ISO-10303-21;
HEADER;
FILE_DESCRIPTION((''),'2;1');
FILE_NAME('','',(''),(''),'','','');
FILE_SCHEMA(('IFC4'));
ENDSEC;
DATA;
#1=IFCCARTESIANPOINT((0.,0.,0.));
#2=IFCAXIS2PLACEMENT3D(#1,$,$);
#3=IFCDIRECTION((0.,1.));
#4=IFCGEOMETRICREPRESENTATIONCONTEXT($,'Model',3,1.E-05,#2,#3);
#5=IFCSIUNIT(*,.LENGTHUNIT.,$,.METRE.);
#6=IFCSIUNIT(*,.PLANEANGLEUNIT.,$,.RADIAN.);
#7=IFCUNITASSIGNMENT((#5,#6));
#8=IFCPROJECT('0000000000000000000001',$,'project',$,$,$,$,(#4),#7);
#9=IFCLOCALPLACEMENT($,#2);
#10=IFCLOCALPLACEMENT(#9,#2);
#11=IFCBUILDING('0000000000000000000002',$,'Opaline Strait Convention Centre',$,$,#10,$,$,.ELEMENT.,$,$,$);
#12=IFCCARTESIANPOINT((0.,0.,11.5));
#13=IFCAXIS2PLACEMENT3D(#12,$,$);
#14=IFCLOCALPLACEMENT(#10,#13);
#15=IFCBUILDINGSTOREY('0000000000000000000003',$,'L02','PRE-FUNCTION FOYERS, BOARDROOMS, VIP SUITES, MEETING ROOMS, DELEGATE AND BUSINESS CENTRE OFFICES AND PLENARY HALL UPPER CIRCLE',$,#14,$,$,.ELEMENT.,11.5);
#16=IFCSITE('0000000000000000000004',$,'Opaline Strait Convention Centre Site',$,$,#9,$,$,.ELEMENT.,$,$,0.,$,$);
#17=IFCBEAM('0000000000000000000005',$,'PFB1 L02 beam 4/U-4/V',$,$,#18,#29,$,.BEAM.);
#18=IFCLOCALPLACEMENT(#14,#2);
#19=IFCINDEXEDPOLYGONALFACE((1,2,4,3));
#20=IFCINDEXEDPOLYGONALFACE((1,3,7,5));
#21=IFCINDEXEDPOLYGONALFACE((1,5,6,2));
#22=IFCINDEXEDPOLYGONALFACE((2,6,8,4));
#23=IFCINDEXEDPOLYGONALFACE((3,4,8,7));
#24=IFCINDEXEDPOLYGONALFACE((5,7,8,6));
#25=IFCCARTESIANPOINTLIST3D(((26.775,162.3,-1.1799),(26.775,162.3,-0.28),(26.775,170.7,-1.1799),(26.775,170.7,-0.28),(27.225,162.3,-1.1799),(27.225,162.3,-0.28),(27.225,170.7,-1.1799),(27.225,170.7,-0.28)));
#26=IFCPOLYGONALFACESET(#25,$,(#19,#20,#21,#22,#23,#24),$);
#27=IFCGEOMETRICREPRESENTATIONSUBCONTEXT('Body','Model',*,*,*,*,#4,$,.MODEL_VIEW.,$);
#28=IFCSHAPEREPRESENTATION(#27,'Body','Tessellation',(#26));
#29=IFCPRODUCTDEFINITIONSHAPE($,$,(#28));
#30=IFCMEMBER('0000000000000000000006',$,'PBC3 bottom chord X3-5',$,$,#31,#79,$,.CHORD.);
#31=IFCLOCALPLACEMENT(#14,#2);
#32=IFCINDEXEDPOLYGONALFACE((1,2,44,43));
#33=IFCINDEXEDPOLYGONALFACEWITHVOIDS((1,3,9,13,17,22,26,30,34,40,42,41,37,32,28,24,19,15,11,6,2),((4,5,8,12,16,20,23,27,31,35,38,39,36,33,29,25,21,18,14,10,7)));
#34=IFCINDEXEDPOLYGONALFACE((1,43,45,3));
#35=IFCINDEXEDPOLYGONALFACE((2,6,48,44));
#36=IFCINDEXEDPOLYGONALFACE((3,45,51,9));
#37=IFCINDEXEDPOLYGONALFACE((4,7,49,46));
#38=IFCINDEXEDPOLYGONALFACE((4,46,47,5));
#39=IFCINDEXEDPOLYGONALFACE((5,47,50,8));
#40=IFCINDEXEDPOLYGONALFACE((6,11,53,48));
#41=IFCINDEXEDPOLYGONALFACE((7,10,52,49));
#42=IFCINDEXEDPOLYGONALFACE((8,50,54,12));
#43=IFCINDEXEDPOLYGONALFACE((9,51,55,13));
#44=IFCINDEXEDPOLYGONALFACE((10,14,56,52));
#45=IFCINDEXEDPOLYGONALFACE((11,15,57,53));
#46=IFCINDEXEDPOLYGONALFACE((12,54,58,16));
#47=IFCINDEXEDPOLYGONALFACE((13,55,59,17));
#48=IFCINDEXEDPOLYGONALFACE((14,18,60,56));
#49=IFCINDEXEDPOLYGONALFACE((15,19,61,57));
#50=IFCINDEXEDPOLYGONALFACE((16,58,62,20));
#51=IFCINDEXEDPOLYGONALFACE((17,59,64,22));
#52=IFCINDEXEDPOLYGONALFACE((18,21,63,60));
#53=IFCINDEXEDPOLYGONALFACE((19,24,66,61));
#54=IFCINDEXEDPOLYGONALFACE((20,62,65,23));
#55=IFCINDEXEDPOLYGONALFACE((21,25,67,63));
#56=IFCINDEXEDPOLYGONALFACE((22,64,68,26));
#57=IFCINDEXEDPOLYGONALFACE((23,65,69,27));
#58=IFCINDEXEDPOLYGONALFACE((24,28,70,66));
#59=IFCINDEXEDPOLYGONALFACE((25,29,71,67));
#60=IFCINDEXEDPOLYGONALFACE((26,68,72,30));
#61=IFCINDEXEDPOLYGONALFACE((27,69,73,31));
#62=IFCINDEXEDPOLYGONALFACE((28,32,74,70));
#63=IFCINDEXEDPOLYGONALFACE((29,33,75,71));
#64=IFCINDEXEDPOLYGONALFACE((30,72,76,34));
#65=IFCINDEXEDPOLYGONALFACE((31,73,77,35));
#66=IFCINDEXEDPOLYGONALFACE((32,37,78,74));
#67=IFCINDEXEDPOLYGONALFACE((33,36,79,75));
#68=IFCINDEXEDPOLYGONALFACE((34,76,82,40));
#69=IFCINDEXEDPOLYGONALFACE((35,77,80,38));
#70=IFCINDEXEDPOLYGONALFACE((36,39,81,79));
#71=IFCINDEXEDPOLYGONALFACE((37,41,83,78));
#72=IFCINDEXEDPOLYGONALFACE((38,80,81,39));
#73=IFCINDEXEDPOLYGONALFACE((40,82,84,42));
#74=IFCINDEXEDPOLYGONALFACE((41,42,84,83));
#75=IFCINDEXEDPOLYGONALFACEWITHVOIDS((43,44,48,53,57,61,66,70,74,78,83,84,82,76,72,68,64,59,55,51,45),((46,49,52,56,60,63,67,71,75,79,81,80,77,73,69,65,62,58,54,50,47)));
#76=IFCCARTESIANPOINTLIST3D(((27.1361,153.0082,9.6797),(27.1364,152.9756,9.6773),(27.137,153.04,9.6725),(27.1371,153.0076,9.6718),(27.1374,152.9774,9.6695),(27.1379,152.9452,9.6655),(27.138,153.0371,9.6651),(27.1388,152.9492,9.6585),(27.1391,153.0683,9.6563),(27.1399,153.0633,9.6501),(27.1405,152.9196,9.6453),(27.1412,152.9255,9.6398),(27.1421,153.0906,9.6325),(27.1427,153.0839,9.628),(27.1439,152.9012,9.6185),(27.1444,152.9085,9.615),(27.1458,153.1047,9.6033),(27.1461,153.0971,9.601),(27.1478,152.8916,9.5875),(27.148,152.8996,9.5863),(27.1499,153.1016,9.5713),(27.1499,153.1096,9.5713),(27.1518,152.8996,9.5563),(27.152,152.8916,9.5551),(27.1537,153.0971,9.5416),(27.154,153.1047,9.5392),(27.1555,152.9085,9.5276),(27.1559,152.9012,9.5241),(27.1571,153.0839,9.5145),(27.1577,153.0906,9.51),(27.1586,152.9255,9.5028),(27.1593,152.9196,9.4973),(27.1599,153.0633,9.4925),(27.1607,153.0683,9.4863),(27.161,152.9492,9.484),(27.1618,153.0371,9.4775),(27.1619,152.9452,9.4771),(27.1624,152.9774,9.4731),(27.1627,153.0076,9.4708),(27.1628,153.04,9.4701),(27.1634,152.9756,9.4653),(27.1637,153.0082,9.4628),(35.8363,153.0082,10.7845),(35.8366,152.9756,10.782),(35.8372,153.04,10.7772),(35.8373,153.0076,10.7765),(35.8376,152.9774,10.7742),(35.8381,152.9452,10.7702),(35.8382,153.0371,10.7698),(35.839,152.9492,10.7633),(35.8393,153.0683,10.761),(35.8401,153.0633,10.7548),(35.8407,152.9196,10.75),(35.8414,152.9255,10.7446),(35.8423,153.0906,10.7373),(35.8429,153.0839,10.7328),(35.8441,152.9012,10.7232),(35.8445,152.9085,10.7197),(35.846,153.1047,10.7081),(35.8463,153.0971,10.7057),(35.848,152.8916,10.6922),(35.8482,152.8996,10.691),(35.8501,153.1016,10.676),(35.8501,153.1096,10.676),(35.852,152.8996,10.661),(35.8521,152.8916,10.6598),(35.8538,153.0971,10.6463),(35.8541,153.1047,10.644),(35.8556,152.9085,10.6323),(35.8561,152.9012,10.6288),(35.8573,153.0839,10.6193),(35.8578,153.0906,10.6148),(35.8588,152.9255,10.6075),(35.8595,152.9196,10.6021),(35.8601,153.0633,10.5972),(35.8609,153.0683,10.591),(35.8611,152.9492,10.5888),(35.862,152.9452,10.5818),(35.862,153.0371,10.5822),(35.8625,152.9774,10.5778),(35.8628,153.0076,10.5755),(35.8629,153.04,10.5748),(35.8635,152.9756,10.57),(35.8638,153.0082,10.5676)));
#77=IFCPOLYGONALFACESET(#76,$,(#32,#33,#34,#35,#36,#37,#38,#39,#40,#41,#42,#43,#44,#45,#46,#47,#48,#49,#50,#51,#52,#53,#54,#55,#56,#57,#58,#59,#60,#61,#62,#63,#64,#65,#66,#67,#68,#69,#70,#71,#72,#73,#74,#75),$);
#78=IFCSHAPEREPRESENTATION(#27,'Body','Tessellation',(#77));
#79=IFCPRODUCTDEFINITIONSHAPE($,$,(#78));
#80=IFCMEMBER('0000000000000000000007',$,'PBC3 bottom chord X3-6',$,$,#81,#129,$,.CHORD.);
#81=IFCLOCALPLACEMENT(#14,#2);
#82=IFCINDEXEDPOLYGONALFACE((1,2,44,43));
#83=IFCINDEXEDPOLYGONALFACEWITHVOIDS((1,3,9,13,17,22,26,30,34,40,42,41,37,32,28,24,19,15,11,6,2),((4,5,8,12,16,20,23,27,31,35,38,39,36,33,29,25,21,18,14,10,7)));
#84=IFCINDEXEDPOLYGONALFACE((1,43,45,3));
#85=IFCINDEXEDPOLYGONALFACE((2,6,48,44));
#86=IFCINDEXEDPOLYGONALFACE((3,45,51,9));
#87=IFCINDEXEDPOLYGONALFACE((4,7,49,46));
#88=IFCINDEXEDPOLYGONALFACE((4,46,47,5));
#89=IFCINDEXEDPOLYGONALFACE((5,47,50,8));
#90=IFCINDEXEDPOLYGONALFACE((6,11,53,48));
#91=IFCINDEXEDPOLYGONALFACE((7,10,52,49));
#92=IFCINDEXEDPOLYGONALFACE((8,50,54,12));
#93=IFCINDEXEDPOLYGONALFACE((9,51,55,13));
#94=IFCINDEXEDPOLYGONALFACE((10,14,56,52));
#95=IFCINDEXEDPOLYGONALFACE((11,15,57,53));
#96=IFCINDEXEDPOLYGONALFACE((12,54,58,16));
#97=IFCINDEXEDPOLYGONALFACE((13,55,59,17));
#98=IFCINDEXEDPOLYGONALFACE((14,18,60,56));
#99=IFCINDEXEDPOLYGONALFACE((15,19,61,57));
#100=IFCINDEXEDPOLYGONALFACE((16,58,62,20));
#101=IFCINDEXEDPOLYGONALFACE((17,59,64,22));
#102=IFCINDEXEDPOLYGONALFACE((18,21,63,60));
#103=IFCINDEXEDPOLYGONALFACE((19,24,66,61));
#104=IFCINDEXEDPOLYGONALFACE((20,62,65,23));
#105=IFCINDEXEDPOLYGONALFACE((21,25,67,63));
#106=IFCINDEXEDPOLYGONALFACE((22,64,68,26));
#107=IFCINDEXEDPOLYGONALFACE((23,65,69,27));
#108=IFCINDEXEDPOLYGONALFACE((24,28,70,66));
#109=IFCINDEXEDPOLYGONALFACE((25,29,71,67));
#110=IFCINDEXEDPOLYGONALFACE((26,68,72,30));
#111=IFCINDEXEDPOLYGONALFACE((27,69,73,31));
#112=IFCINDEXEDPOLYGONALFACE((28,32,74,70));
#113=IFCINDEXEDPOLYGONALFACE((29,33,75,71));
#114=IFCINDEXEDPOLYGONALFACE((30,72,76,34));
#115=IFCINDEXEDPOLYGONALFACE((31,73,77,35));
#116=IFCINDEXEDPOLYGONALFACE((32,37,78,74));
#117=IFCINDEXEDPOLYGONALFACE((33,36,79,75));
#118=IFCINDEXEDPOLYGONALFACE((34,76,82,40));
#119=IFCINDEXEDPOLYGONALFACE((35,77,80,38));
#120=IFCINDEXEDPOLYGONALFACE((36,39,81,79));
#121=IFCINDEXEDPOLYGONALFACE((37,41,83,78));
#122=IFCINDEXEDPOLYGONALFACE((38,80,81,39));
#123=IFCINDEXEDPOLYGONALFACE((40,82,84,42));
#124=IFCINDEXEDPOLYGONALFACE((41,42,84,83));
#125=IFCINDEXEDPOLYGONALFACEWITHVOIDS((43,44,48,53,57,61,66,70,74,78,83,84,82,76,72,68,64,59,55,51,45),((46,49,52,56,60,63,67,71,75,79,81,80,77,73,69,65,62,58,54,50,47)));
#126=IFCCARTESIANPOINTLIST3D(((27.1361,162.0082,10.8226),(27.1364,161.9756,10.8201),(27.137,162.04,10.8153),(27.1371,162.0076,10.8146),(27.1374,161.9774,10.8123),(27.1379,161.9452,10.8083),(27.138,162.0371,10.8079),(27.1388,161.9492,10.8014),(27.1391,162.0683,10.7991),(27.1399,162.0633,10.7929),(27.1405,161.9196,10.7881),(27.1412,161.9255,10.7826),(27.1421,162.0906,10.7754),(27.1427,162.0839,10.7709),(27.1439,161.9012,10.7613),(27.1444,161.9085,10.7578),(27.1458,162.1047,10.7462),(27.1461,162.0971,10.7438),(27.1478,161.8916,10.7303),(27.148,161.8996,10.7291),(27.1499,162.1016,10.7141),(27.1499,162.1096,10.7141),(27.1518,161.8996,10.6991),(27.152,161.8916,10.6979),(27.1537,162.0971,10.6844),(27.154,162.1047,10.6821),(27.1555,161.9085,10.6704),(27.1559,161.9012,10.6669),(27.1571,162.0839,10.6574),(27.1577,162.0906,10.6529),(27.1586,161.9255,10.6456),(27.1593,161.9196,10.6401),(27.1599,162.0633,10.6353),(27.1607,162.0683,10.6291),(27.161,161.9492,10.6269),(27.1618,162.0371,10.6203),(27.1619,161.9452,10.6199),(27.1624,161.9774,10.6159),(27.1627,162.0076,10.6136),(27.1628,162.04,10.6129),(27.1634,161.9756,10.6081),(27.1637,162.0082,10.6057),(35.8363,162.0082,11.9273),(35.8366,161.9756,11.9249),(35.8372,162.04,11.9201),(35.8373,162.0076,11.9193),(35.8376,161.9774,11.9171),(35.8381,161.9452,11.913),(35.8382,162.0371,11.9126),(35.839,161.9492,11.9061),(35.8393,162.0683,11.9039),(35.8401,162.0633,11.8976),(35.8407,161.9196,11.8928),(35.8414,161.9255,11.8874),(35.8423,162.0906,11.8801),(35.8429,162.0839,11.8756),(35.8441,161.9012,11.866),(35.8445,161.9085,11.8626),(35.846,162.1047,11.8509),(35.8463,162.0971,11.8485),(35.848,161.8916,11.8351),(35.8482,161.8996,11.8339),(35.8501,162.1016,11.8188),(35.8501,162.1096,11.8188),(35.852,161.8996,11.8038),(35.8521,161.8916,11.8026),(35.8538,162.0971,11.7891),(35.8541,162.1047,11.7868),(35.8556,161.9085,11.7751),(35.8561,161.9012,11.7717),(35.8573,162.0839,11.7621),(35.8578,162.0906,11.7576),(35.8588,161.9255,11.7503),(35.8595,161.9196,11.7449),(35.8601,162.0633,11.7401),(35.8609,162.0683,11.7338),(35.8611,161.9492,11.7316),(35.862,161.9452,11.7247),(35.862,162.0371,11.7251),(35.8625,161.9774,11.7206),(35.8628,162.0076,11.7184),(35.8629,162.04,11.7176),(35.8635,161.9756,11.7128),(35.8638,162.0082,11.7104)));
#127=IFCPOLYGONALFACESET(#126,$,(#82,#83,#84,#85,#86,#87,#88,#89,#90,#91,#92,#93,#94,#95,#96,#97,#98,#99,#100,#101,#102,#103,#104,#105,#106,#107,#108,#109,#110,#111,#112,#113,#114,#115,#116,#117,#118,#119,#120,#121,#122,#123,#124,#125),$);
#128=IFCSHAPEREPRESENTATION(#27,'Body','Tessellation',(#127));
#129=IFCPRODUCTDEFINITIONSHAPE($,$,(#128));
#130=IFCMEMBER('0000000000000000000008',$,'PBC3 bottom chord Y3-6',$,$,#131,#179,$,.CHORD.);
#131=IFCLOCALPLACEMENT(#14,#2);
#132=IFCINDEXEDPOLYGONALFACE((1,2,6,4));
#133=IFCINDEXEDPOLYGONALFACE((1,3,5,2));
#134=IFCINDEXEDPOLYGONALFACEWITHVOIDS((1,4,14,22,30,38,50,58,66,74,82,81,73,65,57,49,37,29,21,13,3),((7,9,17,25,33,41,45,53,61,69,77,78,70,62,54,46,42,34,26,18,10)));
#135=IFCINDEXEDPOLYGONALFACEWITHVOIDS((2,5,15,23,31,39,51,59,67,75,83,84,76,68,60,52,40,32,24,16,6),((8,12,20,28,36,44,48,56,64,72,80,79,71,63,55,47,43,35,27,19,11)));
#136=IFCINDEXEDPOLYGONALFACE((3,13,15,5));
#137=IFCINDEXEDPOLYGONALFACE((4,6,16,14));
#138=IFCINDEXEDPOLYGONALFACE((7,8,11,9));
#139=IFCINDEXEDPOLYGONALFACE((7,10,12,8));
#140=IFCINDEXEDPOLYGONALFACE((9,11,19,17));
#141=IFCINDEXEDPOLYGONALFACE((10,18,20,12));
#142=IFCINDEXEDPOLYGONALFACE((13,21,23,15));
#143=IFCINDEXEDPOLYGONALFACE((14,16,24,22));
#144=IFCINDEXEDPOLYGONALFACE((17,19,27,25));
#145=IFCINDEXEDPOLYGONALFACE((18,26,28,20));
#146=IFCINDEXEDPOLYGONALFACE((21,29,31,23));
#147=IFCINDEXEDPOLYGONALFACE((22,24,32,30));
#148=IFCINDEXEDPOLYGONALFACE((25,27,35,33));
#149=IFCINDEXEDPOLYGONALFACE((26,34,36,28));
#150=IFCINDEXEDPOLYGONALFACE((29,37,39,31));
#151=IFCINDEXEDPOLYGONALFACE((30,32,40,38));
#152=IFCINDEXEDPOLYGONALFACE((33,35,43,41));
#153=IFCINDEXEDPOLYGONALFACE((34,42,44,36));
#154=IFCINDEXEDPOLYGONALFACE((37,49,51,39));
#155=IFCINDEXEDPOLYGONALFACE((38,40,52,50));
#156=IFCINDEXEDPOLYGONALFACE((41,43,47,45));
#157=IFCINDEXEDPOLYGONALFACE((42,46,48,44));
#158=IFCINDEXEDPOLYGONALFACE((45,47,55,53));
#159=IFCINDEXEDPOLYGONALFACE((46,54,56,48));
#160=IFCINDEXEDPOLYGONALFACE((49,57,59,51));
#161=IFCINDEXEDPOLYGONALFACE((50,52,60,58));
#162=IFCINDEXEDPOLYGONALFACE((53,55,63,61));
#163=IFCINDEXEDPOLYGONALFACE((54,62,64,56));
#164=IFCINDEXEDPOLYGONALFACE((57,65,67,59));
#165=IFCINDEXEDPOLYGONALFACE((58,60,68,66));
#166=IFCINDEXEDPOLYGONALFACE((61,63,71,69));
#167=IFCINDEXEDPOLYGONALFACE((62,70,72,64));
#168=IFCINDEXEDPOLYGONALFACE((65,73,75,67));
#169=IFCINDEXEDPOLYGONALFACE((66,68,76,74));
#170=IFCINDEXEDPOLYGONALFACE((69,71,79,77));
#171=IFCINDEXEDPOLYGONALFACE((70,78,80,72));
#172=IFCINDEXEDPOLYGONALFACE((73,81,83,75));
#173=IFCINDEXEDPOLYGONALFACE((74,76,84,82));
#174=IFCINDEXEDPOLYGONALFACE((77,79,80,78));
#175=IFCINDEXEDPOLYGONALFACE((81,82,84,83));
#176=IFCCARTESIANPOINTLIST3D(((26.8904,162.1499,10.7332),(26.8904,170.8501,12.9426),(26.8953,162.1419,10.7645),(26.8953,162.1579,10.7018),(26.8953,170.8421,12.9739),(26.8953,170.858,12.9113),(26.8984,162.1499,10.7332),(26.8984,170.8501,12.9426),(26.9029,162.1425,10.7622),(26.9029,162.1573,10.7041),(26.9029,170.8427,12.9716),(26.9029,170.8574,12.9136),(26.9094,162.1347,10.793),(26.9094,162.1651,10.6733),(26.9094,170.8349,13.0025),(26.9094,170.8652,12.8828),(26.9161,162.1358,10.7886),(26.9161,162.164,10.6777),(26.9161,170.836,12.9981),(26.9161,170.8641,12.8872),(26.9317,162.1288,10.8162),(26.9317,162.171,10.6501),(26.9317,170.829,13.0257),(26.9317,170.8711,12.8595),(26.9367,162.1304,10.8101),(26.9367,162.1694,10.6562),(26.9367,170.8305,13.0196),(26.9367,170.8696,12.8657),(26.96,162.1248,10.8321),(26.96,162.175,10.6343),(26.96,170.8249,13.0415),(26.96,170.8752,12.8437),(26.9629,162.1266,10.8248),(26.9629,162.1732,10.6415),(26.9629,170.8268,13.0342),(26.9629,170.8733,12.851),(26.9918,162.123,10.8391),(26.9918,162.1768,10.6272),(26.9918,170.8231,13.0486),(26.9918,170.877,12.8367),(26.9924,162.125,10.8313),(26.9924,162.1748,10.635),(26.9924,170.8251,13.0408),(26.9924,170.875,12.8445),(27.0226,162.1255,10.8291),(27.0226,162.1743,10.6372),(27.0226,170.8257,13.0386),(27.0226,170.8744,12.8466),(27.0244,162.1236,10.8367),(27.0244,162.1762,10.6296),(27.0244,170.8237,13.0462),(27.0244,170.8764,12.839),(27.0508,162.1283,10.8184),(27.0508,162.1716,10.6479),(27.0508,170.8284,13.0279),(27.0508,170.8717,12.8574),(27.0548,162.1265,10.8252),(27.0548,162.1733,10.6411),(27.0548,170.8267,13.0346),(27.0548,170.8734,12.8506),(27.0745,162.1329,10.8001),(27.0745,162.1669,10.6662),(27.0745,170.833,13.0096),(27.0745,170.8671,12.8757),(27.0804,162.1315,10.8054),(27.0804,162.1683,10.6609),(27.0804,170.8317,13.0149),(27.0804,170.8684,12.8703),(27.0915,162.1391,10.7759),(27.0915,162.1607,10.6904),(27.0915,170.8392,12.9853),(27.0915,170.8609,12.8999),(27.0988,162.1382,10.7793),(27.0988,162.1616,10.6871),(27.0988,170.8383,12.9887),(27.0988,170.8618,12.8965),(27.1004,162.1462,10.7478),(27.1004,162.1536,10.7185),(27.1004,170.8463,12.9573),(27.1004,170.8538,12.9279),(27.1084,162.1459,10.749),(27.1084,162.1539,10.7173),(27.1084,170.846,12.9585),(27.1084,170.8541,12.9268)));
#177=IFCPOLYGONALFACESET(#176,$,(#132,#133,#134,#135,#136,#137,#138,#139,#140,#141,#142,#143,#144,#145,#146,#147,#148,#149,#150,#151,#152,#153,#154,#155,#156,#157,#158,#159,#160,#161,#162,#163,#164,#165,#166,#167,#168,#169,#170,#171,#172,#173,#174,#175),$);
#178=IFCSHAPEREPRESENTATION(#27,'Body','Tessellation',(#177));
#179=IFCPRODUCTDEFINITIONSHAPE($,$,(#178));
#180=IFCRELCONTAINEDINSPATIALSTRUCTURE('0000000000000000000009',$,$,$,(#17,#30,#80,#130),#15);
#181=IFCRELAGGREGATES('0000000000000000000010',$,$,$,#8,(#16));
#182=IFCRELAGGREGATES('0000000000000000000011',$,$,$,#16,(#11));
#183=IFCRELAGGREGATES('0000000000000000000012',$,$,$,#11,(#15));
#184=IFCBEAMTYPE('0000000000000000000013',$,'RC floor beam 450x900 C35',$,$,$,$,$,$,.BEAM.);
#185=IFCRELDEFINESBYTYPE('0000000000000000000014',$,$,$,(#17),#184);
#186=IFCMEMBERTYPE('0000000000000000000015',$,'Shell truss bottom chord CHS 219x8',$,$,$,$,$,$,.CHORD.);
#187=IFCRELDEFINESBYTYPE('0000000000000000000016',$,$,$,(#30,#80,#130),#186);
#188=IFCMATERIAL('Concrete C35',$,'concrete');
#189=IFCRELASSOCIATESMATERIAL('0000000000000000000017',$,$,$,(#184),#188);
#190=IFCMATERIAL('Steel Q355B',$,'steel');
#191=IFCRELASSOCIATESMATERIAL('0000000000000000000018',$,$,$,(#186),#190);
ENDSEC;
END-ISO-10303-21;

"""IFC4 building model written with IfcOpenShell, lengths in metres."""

from ifc_helpers import new_model, si_unit, direction, frame, origin, origin_2d, place, context, subcontext, project, spatial, rectangle, hollow_circle, extrude, material, material_profile, profile_set, type_object, element, save


model = new_model("IFC4")

# Units and contexts
model_context = context("Model", 3, precision=1e-05, world=origin(), true_north=direction((0.0, 1.0)))
body_context = subcontext(model_context, "Body", "Model", "MODEL_VIEW")
ifc_project = project(units=[si_unit("LENGTHUNIT", "METRE"), si_unit("PLANEANGLEUNIT", "RADIAN")], contexts=[model_context])

# Site, building, storey
site_placement = place(None, origin())
site = spatial("IfcSite", under=ifc_project, at=site_placement, Name="Opaline Strait Convention Centre Site", CompositionType="ELEMENT", RefElevation=0.0)
building_placement = place(site_placement, origin())
building = spatial("IfcBuilding", under=site, at=building_placement, Name="Opaline Strait Convention Centre", CompositionType="ELEMENT")
storey_placement = place(building_placement, frame((0.0, 0.0, 11.5)))
storey = spatial("IfcBuildingStorey", under=building, at=storey_placement, Name="L02", Description="PRE-FUNCTION FOYERS, BOARDROOMS, VIP SUITES, MEETING ROOMS, DELEGATE AND BUSINESS CENTRE OFFICES AND PLENARY HALL UPPER CIRCLE", CompositionType="ELEMENT", Elevation=11.5)

# Beam
ifc_material_1 = material(Name="Concrete C35", Category="concrete")
ifc_material_profile_1 = material_profile(ifc_material_1, rectangle(XDim=0.45, YDim=0.8999, at=origin_2d()), Name="RC 450x900")
ifc_profile_set_1 = profile_set([ifc_material_profile_1], Name="Concrete C35")
beam_type = type_object("IfcBeamType", Name="RC floor beam 450x900 C35", PredefinedType="BEAM", material=ifc_profile_set_1)
beam_placement = place(storey_placement, frame((27.0, 162.3, -0.73), z_axis=(0.0, 1.0, 0.0), x_axis=(-1.0, 0.0, 0.0)))
element("IfcBeam", 1, at=beam_placement, inside=storey, type_object=beam_type, Name="PFB1 L02 beam 4/U-4/V", PredefinedType="BEAM", context=body_context, shape_type="SweptSolid", body=[
    extrude(rectangle(XDim=0.45, YDim=0.8999, at=origin_2d()), origin(), (0.0, 0.0, 1.0), 8.3999),
])

# Members
ifc_material_2 = material(Name="Steel Q355B", Category="steel")
ifc_material_profile_2 = material_profile(ifc_material_2, hollow_circle(Radius=0.1096, WallThickness=0.0081, at=origin_2d()), Name="CHS 219x8")
ifc_profile_set_2 = profile_set([ifc_material_profile_2], Name="Steel Q355B")
member_type_1 = type_object("IfcMemberType", Name="Shell truss bottom chord CHS 219x8", PredefinedType="CHORD", material=ifc_profile_set_2)
for number, where, z_axis, x_axis, name in (
    (2, (27.1499, 153.0, 9.5713), (0.992034, 0.0, 0.125967), (0.0, 1.0, 0.0), "PBC3 bottom chord X3-5"),
    (3, (27.1499, 162.0, 10.7141), (0.992034, 0.0, 0.125967), (0.0, 1.0, 0.0), "PBC3 bottom chord X3-6"),
):
    element("IfcMember", number, at=place(storey_placement, frame(where, z_axis=z_axis, x_axis=x_axis)), inside=storey, type_object=member_type_1, Name=name, PredefinedType="CHORD", context=body_context, shape_type="SweptSolid", body=[
        extrude(hollow_circle(Radius=0.1096, WallThickness=0.0081, at=origin_2d()), origin(), (0.0, 0.0, 1.0), 8.77),
    ])
member_1_placement = place(storey_placement, frame((27.0, 162.1499, 10.7332), z_axis=(0.0, 0.969233, 0.246143), x_axis=(-1.0, 0.0, 0.0)))
element("IfcMember", 4, at=member_1_placement, inside=storey, type_object=member_type_1, Name="PBC3 bottom chord Y3-6", PredefinedType="CHORD", context=body_context, shape_type="SweptSolid", body=[
    extrude(hollow_circle(Radius=0.1096, WallThickness=0.0081, at=origin_2d()), origin(), (0.0, 0.0, 1.0), 8.9763),
])

save(model, "model.ifc")
